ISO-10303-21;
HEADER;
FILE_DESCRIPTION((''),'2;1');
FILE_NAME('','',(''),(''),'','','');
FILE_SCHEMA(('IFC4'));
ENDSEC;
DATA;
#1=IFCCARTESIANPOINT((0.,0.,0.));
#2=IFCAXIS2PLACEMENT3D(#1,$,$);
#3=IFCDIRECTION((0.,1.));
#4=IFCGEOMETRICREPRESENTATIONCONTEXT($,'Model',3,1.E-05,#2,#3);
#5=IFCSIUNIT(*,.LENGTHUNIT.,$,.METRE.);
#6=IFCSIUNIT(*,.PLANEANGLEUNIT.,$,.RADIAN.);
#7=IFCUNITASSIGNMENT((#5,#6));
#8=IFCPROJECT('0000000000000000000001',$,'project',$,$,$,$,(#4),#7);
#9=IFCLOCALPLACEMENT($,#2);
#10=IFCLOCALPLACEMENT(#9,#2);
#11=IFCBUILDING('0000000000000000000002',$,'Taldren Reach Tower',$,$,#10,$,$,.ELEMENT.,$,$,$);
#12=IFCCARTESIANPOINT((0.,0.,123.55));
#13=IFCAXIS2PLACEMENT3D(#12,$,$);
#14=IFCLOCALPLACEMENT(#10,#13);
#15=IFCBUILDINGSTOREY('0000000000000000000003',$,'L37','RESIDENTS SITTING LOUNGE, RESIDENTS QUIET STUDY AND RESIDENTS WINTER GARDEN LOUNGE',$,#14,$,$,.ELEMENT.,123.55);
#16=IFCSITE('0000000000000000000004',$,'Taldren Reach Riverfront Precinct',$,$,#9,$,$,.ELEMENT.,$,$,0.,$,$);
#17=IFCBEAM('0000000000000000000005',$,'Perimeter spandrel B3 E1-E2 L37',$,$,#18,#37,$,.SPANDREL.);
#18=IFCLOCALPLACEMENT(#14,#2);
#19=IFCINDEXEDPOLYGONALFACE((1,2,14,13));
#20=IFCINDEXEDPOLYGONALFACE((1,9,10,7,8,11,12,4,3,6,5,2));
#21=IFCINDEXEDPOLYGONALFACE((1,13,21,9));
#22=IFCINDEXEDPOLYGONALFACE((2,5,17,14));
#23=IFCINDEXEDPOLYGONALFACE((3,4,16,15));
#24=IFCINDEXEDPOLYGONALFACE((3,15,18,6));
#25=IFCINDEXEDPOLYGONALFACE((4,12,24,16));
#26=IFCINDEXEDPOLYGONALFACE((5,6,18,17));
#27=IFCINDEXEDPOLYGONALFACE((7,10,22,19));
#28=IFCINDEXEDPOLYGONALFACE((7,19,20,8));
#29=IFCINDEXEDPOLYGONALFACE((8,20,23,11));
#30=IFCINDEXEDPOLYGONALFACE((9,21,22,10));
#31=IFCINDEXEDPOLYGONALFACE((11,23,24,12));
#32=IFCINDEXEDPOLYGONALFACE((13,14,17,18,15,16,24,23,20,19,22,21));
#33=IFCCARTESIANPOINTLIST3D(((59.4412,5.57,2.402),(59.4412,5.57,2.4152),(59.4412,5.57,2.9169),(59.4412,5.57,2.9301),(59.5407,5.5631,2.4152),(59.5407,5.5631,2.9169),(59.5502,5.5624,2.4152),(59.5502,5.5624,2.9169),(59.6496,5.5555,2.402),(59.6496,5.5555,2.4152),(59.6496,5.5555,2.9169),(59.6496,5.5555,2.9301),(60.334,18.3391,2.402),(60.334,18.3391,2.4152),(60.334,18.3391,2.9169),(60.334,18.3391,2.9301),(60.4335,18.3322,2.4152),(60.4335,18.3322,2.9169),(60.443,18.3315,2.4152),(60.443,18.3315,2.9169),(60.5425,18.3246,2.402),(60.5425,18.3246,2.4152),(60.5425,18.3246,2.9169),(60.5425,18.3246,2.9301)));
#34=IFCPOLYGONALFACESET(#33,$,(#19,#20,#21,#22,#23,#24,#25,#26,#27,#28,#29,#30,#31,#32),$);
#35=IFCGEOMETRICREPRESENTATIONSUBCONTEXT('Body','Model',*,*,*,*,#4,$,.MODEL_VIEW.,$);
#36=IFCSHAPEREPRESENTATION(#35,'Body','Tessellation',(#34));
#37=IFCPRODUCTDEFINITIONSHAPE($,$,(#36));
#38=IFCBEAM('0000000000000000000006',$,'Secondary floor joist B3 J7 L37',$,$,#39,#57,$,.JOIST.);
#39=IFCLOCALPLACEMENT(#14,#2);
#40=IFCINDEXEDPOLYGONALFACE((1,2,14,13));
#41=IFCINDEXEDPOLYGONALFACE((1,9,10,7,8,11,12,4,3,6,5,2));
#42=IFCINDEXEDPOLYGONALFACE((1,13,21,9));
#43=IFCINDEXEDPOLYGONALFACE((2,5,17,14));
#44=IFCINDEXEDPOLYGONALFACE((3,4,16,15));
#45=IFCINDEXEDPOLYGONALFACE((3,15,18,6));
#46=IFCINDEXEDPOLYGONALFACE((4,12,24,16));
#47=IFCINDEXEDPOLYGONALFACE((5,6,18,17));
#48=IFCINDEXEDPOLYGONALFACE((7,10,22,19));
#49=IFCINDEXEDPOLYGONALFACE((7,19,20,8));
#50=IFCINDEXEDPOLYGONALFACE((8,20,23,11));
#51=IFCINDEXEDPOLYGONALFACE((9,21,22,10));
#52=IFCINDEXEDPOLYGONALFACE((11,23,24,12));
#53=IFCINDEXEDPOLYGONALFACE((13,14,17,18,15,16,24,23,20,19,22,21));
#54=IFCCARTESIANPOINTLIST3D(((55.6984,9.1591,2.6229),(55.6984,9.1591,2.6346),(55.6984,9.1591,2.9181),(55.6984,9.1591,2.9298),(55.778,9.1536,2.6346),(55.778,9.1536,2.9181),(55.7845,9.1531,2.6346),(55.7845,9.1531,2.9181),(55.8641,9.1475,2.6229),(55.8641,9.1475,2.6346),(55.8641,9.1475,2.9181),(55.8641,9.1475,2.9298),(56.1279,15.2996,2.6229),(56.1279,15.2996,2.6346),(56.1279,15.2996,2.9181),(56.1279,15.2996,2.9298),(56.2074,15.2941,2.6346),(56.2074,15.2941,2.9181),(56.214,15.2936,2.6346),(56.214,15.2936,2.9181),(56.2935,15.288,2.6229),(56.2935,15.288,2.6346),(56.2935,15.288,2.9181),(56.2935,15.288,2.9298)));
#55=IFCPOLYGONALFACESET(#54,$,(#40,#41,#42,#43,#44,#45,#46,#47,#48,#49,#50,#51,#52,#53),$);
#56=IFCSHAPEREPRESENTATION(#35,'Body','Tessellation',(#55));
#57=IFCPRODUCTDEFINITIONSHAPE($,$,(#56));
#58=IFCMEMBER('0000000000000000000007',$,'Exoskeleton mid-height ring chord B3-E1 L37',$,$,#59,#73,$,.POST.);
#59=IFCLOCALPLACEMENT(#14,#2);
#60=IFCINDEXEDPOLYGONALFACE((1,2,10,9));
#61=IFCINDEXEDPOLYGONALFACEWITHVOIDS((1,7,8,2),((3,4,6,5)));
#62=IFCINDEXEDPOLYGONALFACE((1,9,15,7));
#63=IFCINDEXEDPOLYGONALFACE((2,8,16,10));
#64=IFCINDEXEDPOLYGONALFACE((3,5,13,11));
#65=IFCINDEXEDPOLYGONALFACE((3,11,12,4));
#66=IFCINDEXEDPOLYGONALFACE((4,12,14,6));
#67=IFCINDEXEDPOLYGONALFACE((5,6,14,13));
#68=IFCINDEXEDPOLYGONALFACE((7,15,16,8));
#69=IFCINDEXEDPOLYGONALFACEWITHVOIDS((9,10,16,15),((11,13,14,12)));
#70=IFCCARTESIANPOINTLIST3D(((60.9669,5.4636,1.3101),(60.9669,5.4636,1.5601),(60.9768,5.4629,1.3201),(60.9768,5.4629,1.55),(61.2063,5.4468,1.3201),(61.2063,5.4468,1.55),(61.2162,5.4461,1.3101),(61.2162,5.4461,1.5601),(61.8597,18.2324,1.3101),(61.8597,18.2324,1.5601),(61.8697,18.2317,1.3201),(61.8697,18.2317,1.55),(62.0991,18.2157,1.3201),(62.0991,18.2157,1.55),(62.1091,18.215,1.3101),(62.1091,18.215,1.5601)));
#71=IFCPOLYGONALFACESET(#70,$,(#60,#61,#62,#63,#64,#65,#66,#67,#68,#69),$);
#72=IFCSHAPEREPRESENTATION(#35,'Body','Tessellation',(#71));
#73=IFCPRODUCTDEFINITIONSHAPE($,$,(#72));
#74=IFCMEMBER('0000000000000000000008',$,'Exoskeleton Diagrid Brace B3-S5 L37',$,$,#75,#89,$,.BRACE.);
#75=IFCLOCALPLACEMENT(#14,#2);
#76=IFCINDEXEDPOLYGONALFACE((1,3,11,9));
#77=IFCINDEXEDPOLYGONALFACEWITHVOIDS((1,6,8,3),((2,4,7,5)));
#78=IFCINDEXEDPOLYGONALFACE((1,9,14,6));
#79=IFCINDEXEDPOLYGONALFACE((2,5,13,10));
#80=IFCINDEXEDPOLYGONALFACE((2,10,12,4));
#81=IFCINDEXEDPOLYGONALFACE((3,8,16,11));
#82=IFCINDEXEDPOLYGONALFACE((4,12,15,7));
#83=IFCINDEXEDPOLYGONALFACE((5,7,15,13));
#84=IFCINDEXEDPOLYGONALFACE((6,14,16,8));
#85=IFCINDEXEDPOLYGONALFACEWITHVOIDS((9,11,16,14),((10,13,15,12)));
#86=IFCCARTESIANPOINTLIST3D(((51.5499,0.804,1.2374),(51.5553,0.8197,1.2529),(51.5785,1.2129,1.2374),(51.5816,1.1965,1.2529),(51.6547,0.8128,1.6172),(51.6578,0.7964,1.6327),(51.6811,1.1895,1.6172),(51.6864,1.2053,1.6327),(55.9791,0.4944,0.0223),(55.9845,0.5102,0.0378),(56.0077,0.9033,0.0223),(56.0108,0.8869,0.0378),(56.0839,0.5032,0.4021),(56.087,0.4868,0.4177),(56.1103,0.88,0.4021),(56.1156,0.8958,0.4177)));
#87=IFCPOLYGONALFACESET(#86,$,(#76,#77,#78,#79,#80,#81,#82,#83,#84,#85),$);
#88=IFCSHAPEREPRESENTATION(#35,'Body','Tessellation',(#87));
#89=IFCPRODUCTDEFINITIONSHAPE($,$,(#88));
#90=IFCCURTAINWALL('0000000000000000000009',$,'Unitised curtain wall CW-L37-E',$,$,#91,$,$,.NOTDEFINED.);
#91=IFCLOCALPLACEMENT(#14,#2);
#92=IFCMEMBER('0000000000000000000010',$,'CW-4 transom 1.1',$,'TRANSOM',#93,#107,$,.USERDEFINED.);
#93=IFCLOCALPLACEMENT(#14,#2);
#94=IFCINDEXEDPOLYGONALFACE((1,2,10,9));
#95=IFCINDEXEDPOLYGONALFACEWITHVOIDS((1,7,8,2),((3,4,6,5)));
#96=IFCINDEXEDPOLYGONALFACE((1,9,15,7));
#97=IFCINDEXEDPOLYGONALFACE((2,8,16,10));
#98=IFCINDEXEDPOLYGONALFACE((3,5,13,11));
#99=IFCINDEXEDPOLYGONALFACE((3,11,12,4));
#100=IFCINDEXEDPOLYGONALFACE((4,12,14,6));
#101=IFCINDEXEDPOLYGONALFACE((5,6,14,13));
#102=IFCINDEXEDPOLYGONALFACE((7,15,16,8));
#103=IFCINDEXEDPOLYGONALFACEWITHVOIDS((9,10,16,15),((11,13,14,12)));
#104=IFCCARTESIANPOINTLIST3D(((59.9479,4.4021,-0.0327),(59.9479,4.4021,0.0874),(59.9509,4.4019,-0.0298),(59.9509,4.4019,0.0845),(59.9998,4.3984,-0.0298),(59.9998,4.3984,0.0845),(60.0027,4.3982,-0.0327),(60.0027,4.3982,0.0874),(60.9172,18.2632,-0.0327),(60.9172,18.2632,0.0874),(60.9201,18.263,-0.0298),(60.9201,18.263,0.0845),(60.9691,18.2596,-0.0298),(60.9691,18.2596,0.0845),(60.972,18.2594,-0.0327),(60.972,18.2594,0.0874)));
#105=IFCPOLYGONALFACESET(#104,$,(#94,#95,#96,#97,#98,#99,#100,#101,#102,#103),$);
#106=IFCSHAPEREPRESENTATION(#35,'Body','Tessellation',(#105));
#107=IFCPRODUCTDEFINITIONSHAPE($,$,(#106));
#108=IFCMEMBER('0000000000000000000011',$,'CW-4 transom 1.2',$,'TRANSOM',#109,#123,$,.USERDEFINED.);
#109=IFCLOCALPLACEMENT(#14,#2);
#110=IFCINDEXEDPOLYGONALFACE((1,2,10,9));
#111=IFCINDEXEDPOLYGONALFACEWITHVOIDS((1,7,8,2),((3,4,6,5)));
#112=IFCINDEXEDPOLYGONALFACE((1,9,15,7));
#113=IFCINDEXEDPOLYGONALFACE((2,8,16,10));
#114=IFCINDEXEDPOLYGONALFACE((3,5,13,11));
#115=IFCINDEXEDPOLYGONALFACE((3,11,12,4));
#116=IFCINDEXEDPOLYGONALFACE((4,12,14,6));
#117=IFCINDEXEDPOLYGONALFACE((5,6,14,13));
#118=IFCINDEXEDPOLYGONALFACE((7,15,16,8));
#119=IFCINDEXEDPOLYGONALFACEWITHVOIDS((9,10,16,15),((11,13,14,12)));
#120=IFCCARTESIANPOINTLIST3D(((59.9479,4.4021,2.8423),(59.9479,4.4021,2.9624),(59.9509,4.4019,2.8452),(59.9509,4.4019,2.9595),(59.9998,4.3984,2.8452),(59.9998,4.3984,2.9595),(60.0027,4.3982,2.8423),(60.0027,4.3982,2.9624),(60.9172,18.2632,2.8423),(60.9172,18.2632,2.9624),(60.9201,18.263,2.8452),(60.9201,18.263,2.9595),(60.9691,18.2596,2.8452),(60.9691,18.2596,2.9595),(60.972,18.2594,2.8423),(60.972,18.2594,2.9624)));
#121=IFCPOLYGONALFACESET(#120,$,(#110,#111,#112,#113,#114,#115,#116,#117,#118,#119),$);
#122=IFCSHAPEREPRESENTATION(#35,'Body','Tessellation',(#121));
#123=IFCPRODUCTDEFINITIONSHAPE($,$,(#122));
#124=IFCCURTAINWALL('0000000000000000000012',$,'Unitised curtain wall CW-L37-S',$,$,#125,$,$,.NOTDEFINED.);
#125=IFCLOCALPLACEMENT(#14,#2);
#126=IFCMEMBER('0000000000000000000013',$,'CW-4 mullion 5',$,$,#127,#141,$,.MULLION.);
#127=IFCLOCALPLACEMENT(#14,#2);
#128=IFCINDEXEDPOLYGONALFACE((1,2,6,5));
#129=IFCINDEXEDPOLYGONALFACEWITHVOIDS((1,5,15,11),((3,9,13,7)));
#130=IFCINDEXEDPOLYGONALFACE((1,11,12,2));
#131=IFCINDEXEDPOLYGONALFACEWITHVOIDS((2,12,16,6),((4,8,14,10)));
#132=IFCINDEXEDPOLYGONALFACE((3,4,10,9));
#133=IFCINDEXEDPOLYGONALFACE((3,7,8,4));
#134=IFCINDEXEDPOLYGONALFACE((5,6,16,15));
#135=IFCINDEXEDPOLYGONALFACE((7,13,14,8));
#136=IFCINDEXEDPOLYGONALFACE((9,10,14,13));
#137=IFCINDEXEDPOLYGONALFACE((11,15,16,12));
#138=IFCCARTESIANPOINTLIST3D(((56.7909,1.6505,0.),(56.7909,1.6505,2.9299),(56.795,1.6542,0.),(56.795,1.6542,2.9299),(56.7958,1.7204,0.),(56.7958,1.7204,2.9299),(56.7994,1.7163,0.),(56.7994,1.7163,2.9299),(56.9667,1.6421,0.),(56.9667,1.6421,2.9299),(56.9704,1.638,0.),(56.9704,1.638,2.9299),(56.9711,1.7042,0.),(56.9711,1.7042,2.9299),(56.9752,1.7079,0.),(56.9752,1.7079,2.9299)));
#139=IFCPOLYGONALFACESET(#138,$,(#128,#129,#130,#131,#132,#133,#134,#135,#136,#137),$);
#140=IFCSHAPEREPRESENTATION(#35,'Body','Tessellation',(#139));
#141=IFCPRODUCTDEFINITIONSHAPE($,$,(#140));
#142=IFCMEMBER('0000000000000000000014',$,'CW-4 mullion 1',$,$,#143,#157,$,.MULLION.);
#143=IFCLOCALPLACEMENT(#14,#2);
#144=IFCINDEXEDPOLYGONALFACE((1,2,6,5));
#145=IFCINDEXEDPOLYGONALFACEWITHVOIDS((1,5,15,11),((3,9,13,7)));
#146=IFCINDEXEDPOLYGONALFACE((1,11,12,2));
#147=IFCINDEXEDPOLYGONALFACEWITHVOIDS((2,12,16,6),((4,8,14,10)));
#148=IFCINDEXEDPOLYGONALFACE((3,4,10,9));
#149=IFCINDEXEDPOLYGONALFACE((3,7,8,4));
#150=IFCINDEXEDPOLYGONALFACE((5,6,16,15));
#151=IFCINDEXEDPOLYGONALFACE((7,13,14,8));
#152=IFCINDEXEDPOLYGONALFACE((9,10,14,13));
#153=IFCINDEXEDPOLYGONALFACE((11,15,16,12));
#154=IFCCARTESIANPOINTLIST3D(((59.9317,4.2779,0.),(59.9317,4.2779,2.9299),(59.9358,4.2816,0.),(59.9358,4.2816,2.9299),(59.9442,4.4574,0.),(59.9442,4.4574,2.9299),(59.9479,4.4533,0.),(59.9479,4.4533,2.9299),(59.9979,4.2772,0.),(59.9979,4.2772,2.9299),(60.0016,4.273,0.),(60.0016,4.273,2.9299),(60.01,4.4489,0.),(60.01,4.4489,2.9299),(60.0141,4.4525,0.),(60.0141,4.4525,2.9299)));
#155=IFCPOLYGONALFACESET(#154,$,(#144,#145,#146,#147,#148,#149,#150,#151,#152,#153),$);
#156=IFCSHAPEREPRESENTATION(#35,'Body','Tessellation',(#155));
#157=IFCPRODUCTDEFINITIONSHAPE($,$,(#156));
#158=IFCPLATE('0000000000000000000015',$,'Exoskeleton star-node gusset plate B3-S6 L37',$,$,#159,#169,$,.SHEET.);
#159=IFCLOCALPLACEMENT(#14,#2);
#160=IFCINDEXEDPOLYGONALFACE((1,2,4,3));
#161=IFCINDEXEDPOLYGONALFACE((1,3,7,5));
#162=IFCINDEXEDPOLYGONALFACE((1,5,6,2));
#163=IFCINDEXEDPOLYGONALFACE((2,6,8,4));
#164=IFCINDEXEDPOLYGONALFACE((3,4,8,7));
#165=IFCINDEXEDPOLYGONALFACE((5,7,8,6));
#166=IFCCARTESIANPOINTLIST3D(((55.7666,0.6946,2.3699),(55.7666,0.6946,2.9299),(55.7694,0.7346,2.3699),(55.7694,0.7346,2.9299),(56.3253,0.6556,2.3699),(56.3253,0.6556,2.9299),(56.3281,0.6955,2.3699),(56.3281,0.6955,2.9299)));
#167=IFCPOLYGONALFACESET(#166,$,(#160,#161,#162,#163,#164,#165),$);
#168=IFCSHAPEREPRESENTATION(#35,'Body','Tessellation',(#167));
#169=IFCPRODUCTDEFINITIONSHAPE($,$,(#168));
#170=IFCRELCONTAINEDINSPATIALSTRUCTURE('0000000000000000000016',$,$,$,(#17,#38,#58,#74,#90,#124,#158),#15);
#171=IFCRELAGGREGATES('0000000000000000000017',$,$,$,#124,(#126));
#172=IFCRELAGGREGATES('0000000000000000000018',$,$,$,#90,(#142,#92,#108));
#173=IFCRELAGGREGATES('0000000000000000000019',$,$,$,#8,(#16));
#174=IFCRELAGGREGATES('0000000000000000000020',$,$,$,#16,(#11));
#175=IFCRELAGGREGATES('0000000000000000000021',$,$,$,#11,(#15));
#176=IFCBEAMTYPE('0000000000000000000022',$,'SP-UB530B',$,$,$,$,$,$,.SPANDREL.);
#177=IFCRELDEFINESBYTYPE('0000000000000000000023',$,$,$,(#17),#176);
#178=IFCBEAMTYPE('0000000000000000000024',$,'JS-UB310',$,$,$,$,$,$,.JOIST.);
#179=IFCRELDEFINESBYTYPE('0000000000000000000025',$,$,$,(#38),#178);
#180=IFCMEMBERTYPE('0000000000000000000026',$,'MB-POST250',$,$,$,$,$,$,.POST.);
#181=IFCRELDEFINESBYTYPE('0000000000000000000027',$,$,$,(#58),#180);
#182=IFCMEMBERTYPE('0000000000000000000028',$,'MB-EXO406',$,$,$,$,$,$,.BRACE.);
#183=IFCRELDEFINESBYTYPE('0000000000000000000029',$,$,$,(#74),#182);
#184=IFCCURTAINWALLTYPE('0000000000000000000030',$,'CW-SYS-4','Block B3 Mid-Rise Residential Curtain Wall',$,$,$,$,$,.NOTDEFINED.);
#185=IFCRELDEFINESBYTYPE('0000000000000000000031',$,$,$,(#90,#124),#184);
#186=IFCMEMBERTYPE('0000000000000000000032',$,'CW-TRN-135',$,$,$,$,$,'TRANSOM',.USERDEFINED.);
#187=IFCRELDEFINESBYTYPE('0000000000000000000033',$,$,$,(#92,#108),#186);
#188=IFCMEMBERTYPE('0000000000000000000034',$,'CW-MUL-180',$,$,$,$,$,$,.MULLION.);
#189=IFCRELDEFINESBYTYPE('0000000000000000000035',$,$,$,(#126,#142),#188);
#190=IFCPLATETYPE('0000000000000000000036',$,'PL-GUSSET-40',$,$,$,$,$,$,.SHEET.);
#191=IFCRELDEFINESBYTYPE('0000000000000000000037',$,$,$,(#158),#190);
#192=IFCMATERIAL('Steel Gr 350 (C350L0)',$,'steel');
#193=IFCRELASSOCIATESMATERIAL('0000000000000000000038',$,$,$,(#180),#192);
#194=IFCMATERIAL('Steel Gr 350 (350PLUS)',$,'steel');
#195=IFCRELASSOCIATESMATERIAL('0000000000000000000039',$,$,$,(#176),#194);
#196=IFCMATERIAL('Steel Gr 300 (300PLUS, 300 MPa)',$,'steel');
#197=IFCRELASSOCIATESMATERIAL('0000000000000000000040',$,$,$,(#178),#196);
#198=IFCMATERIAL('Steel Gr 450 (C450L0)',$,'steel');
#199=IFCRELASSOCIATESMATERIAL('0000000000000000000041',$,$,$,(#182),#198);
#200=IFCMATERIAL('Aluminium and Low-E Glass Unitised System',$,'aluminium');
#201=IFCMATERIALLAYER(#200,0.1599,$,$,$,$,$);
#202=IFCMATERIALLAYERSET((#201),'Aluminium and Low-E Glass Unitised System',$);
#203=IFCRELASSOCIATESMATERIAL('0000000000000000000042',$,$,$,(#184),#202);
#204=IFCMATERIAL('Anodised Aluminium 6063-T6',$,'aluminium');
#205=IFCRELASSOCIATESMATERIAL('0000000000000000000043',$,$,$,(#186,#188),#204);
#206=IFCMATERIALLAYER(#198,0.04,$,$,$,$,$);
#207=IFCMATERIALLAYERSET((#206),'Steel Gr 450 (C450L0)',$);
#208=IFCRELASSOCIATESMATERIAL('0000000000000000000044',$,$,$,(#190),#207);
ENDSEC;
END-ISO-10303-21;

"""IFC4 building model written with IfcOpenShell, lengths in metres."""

from ifc_helpers import new_model, si_unit, direction, frame, origin, origin_2d, place, context, subcontext, project, spatial, rectangle, hollow_rectangle, i_section, extrude, source, transform, mapped, material, layer, layer_set, material_profile, profile_set, type_object, element, aggregate, save


model = new_model("IFC4")

# Units and contexts
model_context = context("Model", 3, precision=1e-05, world=origin(), true_north=direction((0.0, 1.0)))
body_context = subcontext(model_context, "Body", "Model", "MODEL_VIEW")
ifc_project = project(units=[si_unit("LENGTHUNIT", "METRE"), si_unit("PLANEANGLEUNIT", "RADIAN")], contexts=[model_context])

# Site, building, storey
site_placement = place(None, origin())
site = spatial("IfcSite", under=ifc_project, at=site_placement, Name="Taldren Reach Riverfront Precinct", CompositionType="ELEMENT", RefElevation=0.0)
building_placement = place(site_placement, origin())
building = spatial("IfcBuilding", under=site, at=building_placement, Name="Taldren Reach Tower", CompositionType="ELEMENT")
storey_placement = place(building_placement, frame((0.0, 0.0, 123.55)))
storey = spatial("IfcBuildingStorey", under=building, at=storey_placement, Name="L37", Description="RESIDENTS SITTING LOUNGE, RESIDENTS QUIET STUDY AND RESIDENTS WINTER GARDEN LOUNGE", CompositionType="ELEMENT", Elevation=123.55)

# Shared definitions
ifc_material_1 = material(Name="Steel Gr 450 (C450L0)", Category="steel")
ifc_material_2 = material(Name="Steel Gr 350 (350PLUS)", Category="steel")

# Shared definitions
ifc_material_3 = material(Name="Steel Gr 350 (C350L0)", Category="steel")
ifc_material_profile_1 = material_profile(ifc_material_3, hollow_rectangle(XDim=0.25, YDim=0.25, WallThickness=0.01, at=origin_2d()), Name="250x250x10.0SHS")
ifc_profile_set_1 = profile_set([ifc_material_profile_1], Name="Steel Gr 350 (C350L0)")
member_type_1 = type_object("IfcMemberType", Name="MB-POST250", PredefinedType="POST", material=ifc_profile_set_1)

# Beams
ifc_material_profile_2 = material_profile(ifc_material_2, i_section(OverallWidth=0.209, OverallDepth=0.5281, WebThickness=0.0095, FlangeThickness=0.0132, at=origin_2d()), Name="530UB82.0")
ifc_profile_set_2 = profile_set([ifc_material_profile_2], Name="Steel Gr 350 (350PLUS)")
beam_type_1 = type_object("IfcBeamType", Name="SP-UB530B", PredefinedType="SPANDREL", material=ifc_profile_set_2)
shared_shape_1 = source(origin(), body_context, "Body", "SweptSolid", [
    extrude(i_section(OverallWidth=0.209, OverallDepth=0.5281, WebThickness=0.0095, FlangeThickness=0.0132, at=origin_2d()), origin(), (0.0, 0.0, 1.0), 12.8003),
])
beam_1_placement = place(storey_placement, frame((59.5454, 5.5627, 2.666), z_axis=(0.069751, 0.997564, 0.0), x_axis=(-0.997564, 0.069751, 0.0)))
element("IfcBeam", 1, at=beam_1_placement, inside=storey, type_object=beam_type_1, Name="Perimeter spandrel B3 E1-E2 L37", PredefinedType="SPANDREL", context=body_context, shape_type="MappedRepresentation", body=[
    mapped(shared_shape_1, transform((0.0, 0.0, 0.0), scale=1.0)),
])
ifc_material_4 = material(Name="Steel Gr 300 (300PLUS, 300 MPa)", Category="steel")
ifc_material_profile_3 = material_profile(ifc_material_4, i_section(OverallWidth=0.166, OverallDepth=0.3069, WebThickness=0.0066, FlangeThickness=0.0117, at=origin_2d()), Name="310UB46.2")
ifc_profile_set_3 = profile_set([ifc_material_profile_3], Name="Steel Gr 300 (300PLUS, 300 MPa)")
beam_type_2 = type_object("IfcBeamType", Name="JS-UB310", PredefinedType="JOIST", material=ifc_profile_set_3)
shared_shape_2 = source(origin(), body_context, "Body", "SweptSolid", [
    extrude(i_section(OverallWidth=0.166, OverallDepth=0.3069, WebThickness=0.0066, FlangeThickness=0.0117, at=origin_2d()), origin(), (0.0, 0.0, 1.0), 6.1555),
])
beam_2_placement = place(storey_placement, frame((55.7812, 9.1533, 2.7764), z_axis=(0.069764, 0.997563, 0.0), x_axis=(-0.997563, 0.069764, 0.0)))
element("IfcBeam", 2, at=beam_2_placement, inside=storey, type_object=beam_type_2, Name="Secondary floor joist B3 J7 L37", PredefinedType="JOIST", context=body_context, shape_type="MappedRepresentation", body=[
    mapped(shared_shape_2, transform((0.0, 0.0, 0.0), scale=1.0)),
])

# Members
shared_shape_3 = source(origin(), body_context, "Body", "SweptSolid", [
    extrude(hollow_rectangle(XDim=0.25, YDim=0.25, WallThickness=0.01, at=origin_2d()), origin(), (0.0, 0.0, 1.0), 12.8),
])
member_1_placement = place(storey_placement, frame((61.0916, 5.4548, 1.4351), z_axis=(0.069752, 0.997564, 0.0), x_axis=(-0.997564, 0.069752, 0.0)))
element("IfcMember", 3, at=member_1_placement, inside=storey, type_object=member_type_1, Name="Exoskeleton mid-height ring chord B3-E1 L37", PredefinedType="POST", context=body_context, shape_type="MappedRepresentation", body=[
    mapped(shared_shape_3, transform((0.0, 0.0, 0.0), scale=1.0)),
])
ifc_material_profile_4 = material_profile(ifc_material_1, hollow_rectangle(XDim=0.4099, YDim=0.4099, WallThickness=0.0161, at=origin_2d()), Name="410x410x16.0SHS")
ifc_profile_set_4 = profile_set([ifc_material_profile_4], Name="Steel Gr 450 (C450L0)")
member_type_2 = type_object("IfcMemberType", Name="MB-EXO406", PredefinedType="BRACE", material=ifc_profile_set_4)
shared_shape_4 = source(origin(), body_context, "Body", "SweptSolid", [
    extrude(hollow_rectangle(XDim=0.4099, YDim=0.4099, WallThickness=0.0161, at=origin_2d()), origin(), (0.0, 0.0, 1.0), 4.6033),
])
member_2_placement = place(storey_placement, frame((56.0474, 0.6951, 0.22), z_axis=(-0.962186, 0.06725, 0.263962), x_axis=(-0.069723, -0.997566, 0.0)))
element("IfcMember", 4, at=member_2_placement, inside=storey, type_object=member_type_2, Name="Exoskeleton Diagrid Brace B3-S5 L37", PredefinedType="BRACE", context=body_context, shape_type="MappedRepresentation", body=[
    mapped(shared_shape_4, transform((0.0, 0.0, 0.0), scale=1.0)),
])

# Curtain wall, members
ifc_material_5 = material(Name="Aluminium and Low-E Glass Unitised System", Category="aluminium")
ifc_layer_1 = layer(ifc_material_5, 0.1599)
ifc_layer_set_1 = layer_set([ifc_layer_1], Name="Aluminium and Low-E Glass Unitised System")
curtain_wall_type = type_object("IfcCurtainWallType", Name="CW-SYS-4", Description="Block B3 Mid-Rise Residential Curtain Wall", PredefinedType="NOTDEFINED", material=ifc_layer_set_1)
curtain_wall_1_placement = place(storey_placement, origin())
curtain_wall_1 = element("IfcCurtainWall", 5, at=curtain_wall_1_placement, inside=storey, type_object=curtain_wall_type, Name="Unitised curtain wall CW-L37-E", PredefinedType="NOTDEFINED")
ifc_material_6 = material(Name="Anodised Aluminium 6063-T6", Category="aluminium")
ifc_material_profile_5 = material_profile(ifc_material_6, hollow_rectangle(XDim=0.0549, YDim=0.1201, WallThickness=0.0029, at=origin_2d()), Name="ALU-120x55x3RHS")
ifc_profile_set_5 = profile_set([ifc_material_profile_5], Name="Anodised Aluminium 6063-T6")
member_type_3 = type_object("IfcMemberType", Name="CW-TRN-135", ElementType="TRANSOM", PredefinedType="USERDEFINED", material=ifc_profile_set_5)
shared_shape_5 = source(origin(), body_context, "Body", "SweptSolid", [
    extrude(hollow_rectangle(XDim=0.0549, YDim=0.1201, WallThickness=0.0029, at=origin_2d()), origin(), (0.0, 0.0, 1.0), 13.895),
])
member_3_placement = place(storey_placement, frame((59.9753, 4.4001, 0.0273), z_axis=(0.069755, 0.997564, 0.0), x_axis=(-0.997564, 0.069755, 0.0)))
member_3 = element("IfcMember", 6, at=member_3_placement, type_object=member_type_3, Name="CW-4 transom 1.1", ObjectType="TRANSOM", PredefinedType="USERDEFINED", context=body_context, shape_type="MappedRepresentation", body=[
    mapped(shared_shape_5, transform((0.0, 0.0, 0.0), scale=1.0)),
])
member_4_placement = place(storey_placement, frame((59.9753, 4.4001, 2.9023), z_axis=(0.069755, 0.997564, 0.0), x_axis=(-0.997564, 0.069755, 0.0)))
member_4 = element("IfcMember", 7, at=member_4_placement, type_object=member_type_3, Name="CW-4 transom 1.2", ObjectType="TRANSOM", PredefinedType="USERDEFINED", context=body_context, shape_type="MappedRepresentation", body=[
    mapped(shared_shape_5, transform((0.0, 0.0, 0.0), scale=1.0)),
])

# Curtain wall, member
curtain_wall_2_placement = place(storey_placement, origin())
curtain_wall_2 = element("IfcCurtainWall", 8, at=curtain_wall_2_placement, inside=storey, type_object=curtain_wall_type, Name="Unitised curtain wall CW-L37-S", PredefinedType="NOTDEFINED")
ifc_material_profile_6 = material_profile(ifc_material_6, hollow_rectangle(XDim=0.0701, YDim=0.1799, WallThickness=0.0039, at=origin_2d()), Name="ALU-180x70x4RHS")
ifc_profile_set_6 = profile_set([ifc_material_profile_6], Name="Anodised Aluminium 6063-T6")
member_type_4 = type_object("IfcMemberType", Name="CW-MUL-180", PredefinedType="MULLION", material=ifc_profile_set_6)
shared_shape_6 = source(origin(), body_context, "Body", "SweptSolid", [
    extrude(hollow_rectangle(XDim=0.0701, YDim=0.1799, WallThickness=0.0039, at=origin_2d()), origin(), (0.0, 0.0, 1.0), 2.9299),
])
member_5_placement = place(storey_placement, frame((56.8831, 1.6792, 0.0), z_axis=(0.0, 0.0, 1.0), x_axis=(0.069757, 0.997564, 0.0)))
member_5 = element("IfcMember", 9, at=member_5_placement, type_object=member_type_4, Name="CW-4 mullion 5", PredefinedType="MULLION", context=body_context, shape_type="MappedRepresentation", body=[
    mapped(shared_shape_6, transform((0.0, 0.0, 0.0), scale=1.0)),
])

# Member
member_6_placement = place(storey_placement, frame((59.9729, 4.3652, 0.0), z_axis=(0.0, 0.0, 1.0), x_axis=(-0.997564, 0.069756, 0.0)))
member_6 = element("IfcMember", 10, at=member_6_placement, type_object=member_type_4, Name="CW-4 mullion 1", PredefinedType="MULLION", context=body_context, shape_type="MappedRepresentation", body=[
    mapped(shared_shape_6, transform((0.0, 0.0, 0.0), scale=1.0)),
])

# Plate
ifc_layer_2 = layer(ifc_material_1, 0.04)
ifc_layer_set_2 = layer_set([ifc_layer_2], Name="Steel Gr 450 (C450L0)")
plate_type_1 = type_object("IfcPlateType", Name="PL-GUSSET-40", PredefinedType="SHEET", material=ifc_layer_set_2)
shared_shape_7 = source(origin(), body_context, "Body", "SweptSolid", [
    extrude(rectangle(XDim=0.5601, YDim=0.04, at=origin_2d()), origin(), (0.0, 0.0, 1.0), 0.5601),
])
for number, where, z_axis, x_axis, name in (
    (11, (56.0474, 0.6951, 2.3699), (0.0, 0.0, 1.0), (0.997564, -0.069756, 0.0), "Exoskeleton star-node gusset plate B3-S6 L37"),
):
    element("IfcPlate", number, at=place(storey_placement, frame(where, z_axis=z_axis, x_axis=x_axis)), inside=storey, type_object=plate_type_1, Name=name, PredefinedType="SHEET", context=body_context, shape_type="MappedRepresentation", body=[
        mapped(shared_shape_7, transform((0.0, 0.0, 0.0), scale=1.0)),
    ])

aggregate(curtain_wall_2, [member_5])
aggregate(curtain_wall_1, [member_6, member_3, member_4])

save(model, "model.ifc")
